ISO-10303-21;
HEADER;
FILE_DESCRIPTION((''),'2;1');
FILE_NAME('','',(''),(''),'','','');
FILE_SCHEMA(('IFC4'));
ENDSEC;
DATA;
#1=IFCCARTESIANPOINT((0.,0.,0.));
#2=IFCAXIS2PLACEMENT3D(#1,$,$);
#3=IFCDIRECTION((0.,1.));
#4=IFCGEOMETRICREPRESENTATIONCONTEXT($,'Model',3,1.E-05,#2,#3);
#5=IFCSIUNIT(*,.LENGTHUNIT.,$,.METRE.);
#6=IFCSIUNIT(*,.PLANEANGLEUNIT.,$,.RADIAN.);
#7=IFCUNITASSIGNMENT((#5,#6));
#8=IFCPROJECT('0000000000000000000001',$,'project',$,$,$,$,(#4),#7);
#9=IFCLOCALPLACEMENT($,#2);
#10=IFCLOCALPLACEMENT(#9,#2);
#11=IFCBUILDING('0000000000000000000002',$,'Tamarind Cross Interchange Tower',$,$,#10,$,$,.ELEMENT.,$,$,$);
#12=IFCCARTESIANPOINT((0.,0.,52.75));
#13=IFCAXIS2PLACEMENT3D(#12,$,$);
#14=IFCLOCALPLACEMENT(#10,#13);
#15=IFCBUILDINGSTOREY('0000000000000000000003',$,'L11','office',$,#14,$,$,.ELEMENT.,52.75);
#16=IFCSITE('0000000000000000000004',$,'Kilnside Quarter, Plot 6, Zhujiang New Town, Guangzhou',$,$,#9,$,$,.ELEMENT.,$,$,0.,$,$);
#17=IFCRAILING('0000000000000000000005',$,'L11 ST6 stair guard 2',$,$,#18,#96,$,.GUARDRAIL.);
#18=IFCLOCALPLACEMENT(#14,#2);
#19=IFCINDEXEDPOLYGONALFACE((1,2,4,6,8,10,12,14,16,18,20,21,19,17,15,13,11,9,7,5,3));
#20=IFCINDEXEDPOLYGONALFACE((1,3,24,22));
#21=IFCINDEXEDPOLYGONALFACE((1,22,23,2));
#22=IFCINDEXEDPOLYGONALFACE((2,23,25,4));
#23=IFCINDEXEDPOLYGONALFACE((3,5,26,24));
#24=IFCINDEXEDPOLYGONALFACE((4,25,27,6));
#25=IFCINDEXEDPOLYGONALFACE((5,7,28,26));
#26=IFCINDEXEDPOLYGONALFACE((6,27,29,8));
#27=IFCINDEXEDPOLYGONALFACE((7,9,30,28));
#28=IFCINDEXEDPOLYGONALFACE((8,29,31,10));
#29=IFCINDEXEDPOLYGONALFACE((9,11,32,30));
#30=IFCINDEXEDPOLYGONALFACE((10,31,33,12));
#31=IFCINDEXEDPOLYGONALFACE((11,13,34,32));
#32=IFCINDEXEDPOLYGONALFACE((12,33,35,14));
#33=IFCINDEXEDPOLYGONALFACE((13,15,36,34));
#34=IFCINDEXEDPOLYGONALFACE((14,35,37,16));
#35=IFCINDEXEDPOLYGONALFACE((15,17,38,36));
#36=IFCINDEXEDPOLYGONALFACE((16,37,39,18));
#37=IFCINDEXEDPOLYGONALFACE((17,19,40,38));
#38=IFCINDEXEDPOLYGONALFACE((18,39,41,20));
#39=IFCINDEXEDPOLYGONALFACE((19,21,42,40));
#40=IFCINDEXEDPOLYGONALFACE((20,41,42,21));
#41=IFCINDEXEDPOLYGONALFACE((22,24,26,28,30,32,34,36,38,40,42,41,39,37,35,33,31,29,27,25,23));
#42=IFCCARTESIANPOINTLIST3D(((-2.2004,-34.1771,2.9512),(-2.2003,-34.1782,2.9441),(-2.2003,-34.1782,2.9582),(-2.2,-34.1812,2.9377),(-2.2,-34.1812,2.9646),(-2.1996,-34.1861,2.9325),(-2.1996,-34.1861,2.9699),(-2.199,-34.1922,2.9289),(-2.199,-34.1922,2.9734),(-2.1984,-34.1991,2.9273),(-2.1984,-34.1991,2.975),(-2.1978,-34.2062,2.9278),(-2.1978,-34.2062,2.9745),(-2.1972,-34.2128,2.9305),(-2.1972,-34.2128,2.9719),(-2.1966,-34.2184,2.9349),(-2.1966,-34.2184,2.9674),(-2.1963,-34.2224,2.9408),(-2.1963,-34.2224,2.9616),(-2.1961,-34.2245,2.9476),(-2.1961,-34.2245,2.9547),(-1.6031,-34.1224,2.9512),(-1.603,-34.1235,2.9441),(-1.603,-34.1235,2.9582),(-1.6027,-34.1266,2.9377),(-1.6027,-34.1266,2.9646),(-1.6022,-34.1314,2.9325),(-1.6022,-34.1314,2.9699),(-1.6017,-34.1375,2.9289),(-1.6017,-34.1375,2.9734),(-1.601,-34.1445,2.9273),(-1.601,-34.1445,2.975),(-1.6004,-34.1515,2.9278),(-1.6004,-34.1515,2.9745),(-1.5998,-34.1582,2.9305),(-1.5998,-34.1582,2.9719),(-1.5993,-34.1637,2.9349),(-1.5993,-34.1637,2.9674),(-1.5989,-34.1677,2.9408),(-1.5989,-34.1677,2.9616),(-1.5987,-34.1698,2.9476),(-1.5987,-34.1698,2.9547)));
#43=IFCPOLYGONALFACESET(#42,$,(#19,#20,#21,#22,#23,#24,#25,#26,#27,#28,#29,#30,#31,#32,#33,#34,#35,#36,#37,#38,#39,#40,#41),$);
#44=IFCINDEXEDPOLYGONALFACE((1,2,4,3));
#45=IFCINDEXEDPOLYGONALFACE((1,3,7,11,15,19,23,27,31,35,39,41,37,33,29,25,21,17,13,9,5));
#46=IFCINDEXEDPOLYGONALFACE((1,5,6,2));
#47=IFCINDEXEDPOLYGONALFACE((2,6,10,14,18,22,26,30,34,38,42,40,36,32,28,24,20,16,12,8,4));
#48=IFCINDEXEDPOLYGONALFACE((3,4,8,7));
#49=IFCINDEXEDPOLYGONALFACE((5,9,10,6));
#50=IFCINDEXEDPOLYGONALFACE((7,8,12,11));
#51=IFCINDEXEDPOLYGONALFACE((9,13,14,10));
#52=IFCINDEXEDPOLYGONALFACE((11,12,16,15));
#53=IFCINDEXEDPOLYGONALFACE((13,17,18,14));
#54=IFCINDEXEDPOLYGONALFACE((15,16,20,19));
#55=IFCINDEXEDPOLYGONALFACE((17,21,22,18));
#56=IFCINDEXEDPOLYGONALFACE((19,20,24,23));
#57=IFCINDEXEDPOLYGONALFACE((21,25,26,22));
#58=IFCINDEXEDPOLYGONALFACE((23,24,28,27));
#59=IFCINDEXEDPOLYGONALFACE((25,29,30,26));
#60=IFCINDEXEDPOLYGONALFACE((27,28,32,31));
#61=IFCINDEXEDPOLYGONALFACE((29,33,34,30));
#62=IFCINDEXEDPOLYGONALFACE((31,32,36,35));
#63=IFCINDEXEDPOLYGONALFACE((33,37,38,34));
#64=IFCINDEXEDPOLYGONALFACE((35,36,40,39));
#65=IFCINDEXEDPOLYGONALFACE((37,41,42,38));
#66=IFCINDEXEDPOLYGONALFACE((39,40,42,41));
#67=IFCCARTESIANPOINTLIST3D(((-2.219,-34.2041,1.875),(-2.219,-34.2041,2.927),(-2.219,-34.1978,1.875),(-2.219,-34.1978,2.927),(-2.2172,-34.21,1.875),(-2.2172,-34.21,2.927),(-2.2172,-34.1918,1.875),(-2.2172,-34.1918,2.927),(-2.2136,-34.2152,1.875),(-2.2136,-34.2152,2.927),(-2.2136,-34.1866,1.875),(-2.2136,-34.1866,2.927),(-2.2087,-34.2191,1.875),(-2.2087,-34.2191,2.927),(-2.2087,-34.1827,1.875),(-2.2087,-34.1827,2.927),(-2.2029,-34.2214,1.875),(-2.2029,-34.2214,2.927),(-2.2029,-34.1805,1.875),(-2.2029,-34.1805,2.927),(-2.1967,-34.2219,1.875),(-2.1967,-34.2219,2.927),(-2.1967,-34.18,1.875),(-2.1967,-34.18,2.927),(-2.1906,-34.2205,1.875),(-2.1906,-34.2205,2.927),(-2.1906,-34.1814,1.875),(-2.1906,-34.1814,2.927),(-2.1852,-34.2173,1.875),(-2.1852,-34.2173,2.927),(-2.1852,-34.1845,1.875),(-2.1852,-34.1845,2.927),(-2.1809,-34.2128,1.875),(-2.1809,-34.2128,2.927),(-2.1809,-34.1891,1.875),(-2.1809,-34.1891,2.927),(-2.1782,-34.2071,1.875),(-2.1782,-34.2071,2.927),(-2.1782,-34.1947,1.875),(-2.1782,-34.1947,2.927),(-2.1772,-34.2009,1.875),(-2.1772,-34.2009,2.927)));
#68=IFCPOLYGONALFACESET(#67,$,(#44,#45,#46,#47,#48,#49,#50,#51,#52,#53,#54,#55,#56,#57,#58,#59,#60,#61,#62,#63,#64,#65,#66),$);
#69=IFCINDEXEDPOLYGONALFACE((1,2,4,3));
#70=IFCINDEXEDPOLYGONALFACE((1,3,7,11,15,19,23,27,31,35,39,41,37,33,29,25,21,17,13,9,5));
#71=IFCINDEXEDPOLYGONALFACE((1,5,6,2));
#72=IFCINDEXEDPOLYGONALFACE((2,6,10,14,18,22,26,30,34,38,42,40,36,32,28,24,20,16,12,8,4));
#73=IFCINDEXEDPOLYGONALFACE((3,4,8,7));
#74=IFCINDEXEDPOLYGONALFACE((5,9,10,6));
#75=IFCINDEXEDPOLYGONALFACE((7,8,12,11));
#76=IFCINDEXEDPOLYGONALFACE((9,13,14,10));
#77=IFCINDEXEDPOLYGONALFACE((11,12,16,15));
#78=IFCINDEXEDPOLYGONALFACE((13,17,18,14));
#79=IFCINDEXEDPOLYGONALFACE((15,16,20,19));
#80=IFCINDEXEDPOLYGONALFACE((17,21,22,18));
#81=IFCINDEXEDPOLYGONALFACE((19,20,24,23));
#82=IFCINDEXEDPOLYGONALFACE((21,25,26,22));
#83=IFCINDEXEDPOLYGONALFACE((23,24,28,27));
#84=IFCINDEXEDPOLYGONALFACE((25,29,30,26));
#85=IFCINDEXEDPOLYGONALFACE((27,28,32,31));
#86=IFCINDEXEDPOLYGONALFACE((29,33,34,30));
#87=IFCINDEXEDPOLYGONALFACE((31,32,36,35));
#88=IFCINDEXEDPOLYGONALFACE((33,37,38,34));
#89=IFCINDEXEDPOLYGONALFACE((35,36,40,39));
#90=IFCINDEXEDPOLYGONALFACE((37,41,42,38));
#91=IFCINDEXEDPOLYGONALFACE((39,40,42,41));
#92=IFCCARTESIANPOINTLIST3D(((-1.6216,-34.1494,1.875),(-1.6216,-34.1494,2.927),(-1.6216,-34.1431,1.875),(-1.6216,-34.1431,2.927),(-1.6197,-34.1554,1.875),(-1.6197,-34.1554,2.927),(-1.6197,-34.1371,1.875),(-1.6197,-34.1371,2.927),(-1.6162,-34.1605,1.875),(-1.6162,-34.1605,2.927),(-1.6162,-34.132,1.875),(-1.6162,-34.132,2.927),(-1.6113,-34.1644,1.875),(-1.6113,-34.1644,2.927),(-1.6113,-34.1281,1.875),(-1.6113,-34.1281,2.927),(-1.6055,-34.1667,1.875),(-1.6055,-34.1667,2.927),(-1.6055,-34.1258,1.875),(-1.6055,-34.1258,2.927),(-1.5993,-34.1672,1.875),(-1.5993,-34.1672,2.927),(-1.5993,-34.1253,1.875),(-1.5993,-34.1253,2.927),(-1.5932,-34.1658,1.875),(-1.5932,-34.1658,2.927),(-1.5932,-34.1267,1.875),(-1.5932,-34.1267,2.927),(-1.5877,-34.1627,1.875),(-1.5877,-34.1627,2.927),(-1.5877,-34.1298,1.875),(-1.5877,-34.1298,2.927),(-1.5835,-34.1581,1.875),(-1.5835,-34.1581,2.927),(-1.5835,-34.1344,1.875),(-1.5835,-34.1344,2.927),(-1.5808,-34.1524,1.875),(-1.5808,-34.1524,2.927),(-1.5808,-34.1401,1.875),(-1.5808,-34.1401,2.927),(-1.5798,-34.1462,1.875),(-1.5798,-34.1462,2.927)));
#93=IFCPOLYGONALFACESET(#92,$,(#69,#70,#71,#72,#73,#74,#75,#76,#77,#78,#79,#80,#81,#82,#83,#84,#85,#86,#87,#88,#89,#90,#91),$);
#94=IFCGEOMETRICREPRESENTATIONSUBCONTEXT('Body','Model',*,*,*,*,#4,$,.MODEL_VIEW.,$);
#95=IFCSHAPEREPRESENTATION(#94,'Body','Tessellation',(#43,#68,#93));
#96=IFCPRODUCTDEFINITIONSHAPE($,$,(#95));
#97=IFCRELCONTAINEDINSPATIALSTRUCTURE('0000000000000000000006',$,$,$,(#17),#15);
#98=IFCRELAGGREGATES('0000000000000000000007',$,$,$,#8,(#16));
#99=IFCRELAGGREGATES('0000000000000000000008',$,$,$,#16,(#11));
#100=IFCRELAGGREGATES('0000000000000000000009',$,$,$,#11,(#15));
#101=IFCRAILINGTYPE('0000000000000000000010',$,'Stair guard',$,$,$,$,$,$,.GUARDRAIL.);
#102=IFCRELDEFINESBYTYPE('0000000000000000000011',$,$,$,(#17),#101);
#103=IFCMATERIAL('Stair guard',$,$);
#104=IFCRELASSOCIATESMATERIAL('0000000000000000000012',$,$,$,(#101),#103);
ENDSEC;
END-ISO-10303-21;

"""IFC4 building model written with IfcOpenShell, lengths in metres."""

from ifc_helpers import new_model, si_unit, direction, frame, origin, origin_2d, place, context, subcontext, project, spatial, circle, extrude, material, type_object, element, save


model = new_model("IFC4")

# Units and contexts
model_context = context("Model", 3, precision=1e-05, world=origin(), true_north=direction((0.0, 1.0)))
body_context = subcontext(model_context, "Body", "Model", "MODEL_VIEW")
ifc_project = project(units=[si_unit("LENGTHUNIT", "METRE"), si_unit("PLANEANGLEUNIT", "RADIAN")], contexts=[model_context])

# Site, building, storey
site_placement = place(None, origin())
site = spatial("IfcSite", under=ifc_project, at=site_placement, Name="Kilnside Quarter, Plot 6, Zhujiang New Town, Guangzhou", CompositionType="ELEMENT", RefElevation=0.0)
building_placement = place(site_placement, origin())
building = spatial("IfcBuilding", under=site, at=building_placement, Name="Tamarind Cross Interchange Tower", CompositionType="ELEMENT")
storey_placement = place(building_placement, frame((0.0, 0.0, 52.75)))
storey = spatial("IfcBuildingStorey", under=building, at=storey_placement, Name="L11", Description="office", CompositionType="ELEMENT", Elevation=52.75)

# Railing
ifc_material_1 = material(Name="Stair guard")
railing_type_1 = type_object("IfcRailingType", Name="Stair guard", PredefinedType="GUARDRAIL", material=ifc_material_1)
railing_1_placement = place(storey_placement, frame((-2.1982, -34.2009, 1.875)))
element("IfcRailing", 1, at=railing_1_placement, inside=storey, type_object=railing_type_1, Name="L11 ST6 stair guard 2", PredefinedType="GUARDRAIL", context=body_context, shape_type="SweptSolid", body=[
    extrude(circle(Radius=0.0239, at=origin_2d()), frame((0.0, 0.0, 1.0762), z_axis=(0.995836, 0.09116, 0.0), x_axis=(-0.09116, 0.995836, 0.0)), (0.0, 0.0, 1.0), 0.5999),
    extrude(circle(Radius=0.021, at=origin_2d()), origin(), (0.0, 0.0, 1.0), 1.052),
    extrude(circle(Radius=0.021, at=origin_2d()), frame((0.5974, 0.0547, 0.0)), (0.0, 0.0, 1.0), 1.052),
])

save(model, "model.ifc")
